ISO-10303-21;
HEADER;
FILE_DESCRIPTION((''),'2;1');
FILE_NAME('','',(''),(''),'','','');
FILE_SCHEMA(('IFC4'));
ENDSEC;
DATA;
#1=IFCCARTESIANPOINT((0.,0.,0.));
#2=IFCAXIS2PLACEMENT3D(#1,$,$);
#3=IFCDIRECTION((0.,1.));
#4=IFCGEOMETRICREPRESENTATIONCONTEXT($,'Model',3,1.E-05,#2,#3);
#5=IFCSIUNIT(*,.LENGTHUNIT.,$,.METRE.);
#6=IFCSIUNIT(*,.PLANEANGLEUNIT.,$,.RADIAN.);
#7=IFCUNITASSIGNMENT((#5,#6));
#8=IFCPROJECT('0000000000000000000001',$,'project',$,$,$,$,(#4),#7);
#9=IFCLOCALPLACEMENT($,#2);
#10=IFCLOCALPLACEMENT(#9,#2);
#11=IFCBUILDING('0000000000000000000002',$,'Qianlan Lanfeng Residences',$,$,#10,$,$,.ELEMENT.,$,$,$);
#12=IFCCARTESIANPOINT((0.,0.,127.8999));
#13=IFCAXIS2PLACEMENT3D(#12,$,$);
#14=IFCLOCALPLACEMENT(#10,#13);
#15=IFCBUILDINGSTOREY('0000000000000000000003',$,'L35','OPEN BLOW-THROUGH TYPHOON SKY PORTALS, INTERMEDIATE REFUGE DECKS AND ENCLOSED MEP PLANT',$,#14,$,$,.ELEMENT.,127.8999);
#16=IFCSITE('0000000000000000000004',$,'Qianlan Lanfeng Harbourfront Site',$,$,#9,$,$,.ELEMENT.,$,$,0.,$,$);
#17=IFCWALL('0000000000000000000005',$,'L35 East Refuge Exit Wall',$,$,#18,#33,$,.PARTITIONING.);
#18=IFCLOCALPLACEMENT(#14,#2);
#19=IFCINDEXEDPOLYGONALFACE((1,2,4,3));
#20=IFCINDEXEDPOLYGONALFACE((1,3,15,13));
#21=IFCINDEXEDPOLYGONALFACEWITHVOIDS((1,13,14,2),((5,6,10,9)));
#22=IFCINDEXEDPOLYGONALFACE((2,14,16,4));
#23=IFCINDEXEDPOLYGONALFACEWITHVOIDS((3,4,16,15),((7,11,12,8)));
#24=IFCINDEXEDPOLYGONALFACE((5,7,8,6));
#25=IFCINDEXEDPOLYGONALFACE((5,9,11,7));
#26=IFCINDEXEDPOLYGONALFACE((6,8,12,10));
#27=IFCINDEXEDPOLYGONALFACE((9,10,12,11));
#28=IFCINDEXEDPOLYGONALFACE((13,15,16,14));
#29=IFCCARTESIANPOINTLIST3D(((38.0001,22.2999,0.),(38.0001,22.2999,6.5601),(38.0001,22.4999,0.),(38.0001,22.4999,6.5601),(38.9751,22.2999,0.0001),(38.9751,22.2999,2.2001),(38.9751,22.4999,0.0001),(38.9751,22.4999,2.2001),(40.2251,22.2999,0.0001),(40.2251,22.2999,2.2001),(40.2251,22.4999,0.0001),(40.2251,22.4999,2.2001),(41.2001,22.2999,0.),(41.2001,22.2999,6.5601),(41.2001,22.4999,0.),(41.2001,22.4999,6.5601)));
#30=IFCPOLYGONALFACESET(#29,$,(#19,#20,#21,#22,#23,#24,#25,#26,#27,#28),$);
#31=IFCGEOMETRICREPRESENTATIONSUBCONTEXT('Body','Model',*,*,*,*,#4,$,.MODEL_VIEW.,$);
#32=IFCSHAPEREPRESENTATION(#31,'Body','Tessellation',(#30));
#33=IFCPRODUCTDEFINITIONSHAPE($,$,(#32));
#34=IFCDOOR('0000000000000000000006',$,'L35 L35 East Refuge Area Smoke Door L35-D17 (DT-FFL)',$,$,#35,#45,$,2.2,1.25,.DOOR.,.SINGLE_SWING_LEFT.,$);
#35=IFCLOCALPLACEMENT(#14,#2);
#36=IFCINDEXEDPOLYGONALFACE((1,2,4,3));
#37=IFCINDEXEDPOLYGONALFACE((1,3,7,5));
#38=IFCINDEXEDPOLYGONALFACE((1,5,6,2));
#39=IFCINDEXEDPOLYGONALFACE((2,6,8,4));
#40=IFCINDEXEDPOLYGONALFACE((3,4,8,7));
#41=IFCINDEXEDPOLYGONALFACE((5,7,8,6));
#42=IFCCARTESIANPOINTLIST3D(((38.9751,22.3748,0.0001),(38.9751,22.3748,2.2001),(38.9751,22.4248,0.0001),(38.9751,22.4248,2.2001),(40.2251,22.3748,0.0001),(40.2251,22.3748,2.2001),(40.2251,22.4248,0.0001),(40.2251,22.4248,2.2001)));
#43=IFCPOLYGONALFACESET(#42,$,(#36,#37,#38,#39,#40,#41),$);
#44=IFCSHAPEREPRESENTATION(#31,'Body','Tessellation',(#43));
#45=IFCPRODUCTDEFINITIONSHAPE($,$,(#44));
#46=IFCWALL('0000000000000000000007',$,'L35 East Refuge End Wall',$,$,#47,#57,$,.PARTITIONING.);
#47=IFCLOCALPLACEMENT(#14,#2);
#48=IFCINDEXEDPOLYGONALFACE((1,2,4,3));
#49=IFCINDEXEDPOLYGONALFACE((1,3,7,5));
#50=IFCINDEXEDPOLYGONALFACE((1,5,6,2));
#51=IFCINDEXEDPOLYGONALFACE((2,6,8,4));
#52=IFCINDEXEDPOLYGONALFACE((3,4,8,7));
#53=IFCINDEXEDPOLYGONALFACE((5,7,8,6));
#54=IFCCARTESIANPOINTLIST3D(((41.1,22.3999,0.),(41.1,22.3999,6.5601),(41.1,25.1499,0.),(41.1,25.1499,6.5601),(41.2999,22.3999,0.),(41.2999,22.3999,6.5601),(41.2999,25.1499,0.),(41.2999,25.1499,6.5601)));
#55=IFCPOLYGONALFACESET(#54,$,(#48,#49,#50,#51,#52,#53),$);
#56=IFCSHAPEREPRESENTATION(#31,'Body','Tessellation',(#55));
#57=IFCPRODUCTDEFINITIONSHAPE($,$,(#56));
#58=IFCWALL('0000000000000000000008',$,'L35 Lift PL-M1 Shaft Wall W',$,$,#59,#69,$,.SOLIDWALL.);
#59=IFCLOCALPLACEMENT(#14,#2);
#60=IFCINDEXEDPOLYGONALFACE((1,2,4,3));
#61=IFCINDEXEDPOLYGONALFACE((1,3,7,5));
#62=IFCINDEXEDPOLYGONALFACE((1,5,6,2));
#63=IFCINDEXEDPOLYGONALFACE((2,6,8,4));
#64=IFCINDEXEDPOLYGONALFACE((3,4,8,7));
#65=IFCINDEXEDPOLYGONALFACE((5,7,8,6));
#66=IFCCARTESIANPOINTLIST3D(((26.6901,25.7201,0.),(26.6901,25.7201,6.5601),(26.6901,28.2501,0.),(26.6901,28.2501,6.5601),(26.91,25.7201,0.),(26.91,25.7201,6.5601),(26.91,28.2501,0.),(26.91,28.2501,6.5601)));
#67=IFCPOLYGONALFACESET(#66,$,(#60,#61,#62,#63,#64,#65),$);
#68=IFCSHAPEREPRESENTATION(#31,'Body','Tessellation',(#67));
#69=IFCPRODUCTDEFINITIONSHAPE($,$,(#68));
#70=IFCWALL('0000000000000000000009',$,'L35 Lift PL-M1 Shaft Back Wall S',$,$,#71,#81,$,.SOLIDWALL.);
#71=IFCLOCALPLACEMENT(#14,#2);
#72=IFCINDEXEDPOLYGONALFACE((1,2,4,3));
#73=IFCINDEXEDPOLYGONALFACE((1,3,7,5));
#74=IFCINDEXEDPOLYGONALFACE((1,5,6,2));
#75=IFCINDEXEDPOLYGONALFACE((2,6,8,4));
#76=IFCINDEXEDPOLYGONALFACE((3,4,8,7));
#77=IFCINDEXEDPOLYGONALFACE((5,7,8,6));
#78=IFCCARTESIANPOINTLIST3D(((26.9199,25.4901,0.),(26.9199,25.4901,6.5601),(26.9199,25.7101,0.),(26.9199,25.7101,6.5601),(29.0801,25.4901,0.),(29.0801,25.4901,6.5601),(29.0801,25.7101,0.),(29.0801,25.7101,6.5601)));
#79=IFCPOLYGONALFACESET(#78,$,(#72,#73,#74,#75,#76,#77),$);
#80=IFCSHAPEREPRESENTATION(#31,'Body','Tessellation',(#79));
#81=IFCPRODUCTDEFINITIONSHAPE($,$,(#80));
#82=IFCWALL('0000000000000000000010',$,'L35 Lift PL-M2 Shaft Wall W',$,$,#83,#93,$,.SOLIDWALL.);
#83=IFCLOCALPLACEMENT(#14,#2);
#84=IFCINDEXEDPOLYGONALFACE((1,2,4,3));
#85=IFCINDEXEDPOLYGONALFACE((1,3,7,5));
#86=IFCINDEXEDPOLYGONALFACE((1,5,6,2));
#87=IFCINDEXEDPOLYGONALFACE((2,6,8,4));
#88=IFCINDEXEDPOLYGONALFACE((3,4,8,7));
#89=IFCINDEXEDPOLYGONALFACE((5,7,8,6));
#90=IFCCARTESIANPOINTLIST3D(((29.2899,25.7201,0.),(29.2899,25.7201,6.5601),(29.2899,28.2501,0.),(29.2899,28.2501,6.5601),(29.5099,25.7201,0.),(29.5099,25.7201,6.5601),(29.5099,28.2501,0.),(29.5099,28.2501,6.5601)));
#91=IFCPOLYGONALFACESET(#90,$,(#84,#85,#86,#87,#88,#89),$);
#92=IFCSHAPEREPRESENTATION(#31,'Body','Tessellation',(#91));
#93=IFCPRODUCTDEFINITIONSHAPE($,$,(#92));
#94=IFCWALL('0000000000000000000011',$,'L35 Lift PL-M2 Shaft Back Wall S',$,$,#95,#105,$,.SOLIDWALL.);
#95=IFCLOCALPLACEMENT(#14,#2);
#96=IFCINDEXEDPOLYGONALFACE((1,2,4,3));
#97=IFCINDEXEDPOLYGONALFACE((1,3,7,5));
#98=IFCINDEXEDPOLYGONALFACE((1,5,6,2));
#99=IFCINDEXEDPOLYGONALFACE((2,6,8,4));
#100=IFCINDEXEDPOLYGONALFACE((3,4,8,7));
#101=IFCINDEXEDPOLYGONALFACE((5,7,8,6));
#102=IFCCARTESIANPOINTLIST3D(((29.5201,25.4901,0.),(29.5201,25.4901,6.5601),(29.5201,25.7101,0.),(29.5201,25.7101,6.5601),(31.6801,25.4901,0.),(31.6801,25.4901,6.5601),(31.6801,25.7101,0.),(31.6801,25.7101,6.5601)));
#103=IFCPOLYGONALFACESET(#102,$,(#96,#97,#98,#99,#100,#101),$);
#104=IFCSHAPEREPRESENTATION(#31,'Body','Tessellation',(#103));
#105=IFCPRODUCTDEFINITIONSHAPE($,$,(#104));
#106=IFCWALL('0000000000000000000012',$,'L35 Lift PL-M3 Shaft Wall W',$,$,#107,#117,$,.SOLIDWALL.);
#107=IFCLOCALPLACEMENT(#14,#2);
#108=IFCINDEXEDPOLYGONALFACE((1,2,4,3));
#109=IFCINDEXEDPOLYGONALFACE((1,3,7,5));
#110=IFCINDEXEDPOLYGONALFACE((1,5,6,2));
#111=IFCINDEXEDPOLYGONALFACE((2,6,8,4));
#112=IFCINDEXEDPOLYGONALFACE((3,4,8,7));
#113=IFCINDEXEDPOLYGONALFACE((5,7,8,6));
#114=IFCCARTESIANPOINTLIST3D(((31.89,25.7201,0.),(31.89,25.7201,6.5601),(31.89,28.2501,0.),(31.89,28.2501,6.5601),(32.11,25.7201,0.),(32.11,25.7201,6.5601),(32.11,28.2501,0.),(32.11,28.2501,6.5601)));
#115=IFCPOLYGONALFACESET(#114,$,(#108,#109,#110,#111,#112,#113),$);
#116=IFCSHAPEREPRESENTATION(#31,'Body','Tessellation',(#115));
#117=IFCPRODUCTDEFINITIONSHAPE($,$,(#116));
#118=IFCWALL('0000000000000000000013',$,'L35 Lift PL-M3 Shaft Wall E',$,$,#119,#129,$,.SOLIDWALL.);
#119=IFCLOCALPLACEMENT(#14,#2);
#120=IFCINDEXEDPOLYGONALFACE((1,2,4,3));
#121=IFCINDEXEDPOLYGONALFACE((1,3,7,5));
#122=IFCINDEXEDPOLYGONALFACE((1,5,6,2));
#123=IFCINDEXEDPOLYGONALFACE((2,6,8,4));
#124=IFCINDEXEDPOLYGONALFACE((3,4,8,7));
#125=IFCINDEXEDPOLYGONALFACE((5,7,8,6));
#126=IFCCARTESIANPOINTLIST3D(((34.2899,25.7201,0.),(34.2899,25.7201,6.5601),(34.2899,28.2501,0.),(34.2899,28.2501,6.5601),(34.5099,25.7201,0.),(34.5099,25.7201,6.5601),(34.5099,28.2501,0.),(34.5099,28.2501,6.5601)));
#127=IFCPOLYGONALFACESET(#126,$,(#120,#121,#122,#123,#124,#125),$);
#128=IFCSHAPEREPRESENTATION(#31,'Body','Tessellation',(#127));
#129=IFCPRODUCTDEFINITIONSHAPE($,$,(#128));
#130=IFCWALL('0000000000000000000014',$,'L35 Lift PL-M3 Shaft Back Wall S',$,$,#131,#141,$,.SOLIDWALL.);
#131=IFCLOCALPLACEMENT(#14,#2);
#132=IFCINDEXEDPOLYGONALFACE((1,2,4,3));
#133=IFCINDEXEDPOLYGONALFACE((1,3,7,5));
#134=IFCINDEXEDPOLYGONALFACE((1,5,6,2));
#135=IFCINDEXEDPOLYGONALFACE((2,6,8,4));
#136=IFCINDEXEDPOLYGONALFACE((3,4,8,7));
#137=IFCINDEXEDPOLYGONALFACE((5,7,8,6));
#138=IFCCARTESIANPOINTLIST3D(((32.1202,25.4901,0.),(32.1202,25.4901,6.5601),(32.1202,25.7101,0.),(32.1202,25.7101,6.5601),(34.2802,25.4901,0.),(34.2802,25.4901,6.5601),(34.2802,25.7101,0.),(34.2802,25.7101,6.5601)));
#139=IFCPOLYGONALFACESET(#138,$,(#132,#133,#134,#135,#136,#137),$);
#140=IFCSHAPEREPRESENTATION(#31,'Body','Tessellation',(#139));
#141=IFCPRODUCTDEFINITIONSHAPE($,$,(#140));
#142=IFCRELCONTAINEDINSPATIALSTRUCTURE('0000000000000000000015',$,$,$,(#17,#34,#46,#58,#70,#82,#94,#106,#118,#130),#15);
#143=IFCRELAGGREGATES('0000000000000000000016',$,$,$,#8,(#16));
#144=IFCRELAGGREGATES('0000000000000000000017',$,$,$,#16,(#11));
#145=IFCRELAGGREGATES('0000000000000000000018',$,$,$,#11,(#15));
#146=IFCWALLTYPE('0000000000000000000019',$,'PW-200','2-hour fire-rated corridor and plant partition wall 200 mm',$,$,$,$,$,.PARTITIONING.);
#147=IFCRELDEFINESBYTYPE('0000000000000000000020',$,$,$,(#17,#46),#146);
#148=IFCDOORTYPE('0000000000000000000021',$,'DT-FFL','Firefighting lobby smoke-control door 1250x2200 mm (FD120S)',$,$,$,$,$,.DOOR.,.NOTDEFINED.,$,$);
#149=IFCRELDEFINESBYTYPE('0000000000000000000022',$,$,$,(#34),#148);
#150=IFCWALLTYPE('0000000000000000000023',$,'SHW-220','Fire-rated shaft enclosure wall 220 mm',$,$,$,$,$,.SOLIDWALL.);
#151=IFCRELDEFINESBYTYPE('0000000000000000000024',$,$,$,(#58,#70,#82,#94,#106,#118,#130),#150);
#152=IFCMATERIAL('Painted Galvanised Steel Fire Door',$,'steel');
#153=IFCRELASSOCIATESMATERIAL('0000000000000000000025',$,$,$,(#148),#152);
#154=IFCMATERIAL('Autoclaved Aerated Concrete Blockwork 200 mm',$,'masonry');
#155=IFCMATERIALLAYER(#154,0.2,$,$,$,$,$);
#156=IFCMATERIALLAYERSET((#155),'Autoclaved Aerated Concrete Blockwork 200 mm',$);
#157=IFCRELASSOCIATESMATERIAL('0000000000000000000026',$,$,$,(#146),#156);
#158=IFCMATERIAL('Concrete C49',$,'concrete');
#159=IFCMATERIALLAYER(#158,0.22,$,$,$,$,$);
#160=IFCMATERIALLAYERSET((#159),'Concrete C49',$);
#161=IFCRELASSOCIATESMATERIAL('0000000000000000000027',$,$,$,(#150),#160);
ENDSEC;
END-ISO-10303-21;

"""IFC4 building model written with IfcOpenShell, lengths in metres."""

from ifc_helpers import new_model, si_unit, direction, frame, frame_2d, origin, place, context, subcontext, project, spatial, rectangle, extrude, material, layer, layer_set, type_object, element, fill, save


model = new_model("IFC4")

# Units and contexts
model_context = context("Model", 3, precision=1e-05, world=origin(), true_north=direction((0.0, 1.0)))
body_context = subcontext(model_context, "Body", "Model", "MODEL_VIEW")
ifc_project = project(units=[si_unit("LENGTHUNIT", "METRE"), si_unit("PLANEANGLEUNIT", "RADIAN")], contexts=[model_context])

# Site, building, storey
site_placement = place(None, origin())
site = spatial("IfcSite", under=ifc_project, at=site_placement, Name="Qianlan Lanfeng Harbourfront Site", CompositionType="ELEMENT", RefElevation=0.0)
building_placement = place(site_placement, origin())
building = spatial("IfcBuilding", under=site, at=building_placement, Name="Qianlan Lanfeng Residences", CompositionType="ELEMENT")
storey_placement = place(building_placement, frame((0.0, 0.0, 127.8999)))
storey = spatial("IfcBuildingStorey", under=building, at=storey_placement, Name="L35", Description="OPEN BLOW-THROUGH TYPHOON SKY PORTALS, INTERMEDIATE REFUGE DECKS AND ENCLOSED MEP PLANT", CompositionType="ELEMENT", Elevation=127.8999)

# Shared definitions
ifc_material_1 = material(Name="Painted Galvanised Steel Fire Door", Category="steel")
door_type_1 = type_object("IfcDoorType", Name="DT-FFL", Description="Firefighting lobby smoke-control door 1250x2200 mm (FD120S)", OperationType="NOTDEFINED", PredefinedType="DOOR", material=ifc_material_1)

# Shared definitions
ifc_material_2 = material(Name="Autoclaved Aerated Concrete Blockwork 200 mm", Category="masonry")
ifc_layer_1 = layer(ifc_material_2, 0.2)
ifc_layer_set_1 = layer_set([ifc_layer_1], Name="Autoclaved Aerated Concrete Blockwork 200 mm")
wall_type_1 = type_object("IfcWallType", Name="PW-200", Description="2-hour fire-rated corridor and plant partition wall 200 mm", PredefinedType="PARTITIONING", material=ifc_layer_set_1)

# Wall, opening, door
wall_1_placement = place(storey_placement, frame((38.0, 22.3999, 0.0), z_axis=(0.0, 0.0, 1.0), x_axis=(1.0, 0.0, 0.0)))
wall_1 = element("IfcWall", 1, at=wall_1_placement, inside=storey, type_object=wall_type_1, Name="L35 East Refuge Exit Wall", PredefinedType="PARTITIONING", context=body_context, shape_type="SweptSolid", body=[
    extrude(rectangle(XDim=3.2, YDim=0.2, at=frame_2d((1.6001, 0.0))), origin(), (0.0, 0.0, 1.0), 6.5601),
])
opening_1_placement = place(wall_1_placement, frame((0.9751, 0.0, 0.0)))
opening_1 = element("IfcOpeningElement", 2, at=opening_1_placement, cuts=wall_1, PredefinedType="OPENING", context=body_context, shape_type="SweptSolid", body=[
    extrude(rectangle(XDim=1.25, YDim=2.2, at=frame_2d((0.625, 1.1001))), frame((0.0, 0.1099, 0.0), z_axis=(0.0, -1.0, 0.0), x_axis=(1.0, 0.0, 0.0)), (0.0, 0.0, 1.0), 0.22),
])
door_1_placement = place(opening_1_placement, origin())
door_1 = element("IfcDoor", 3, at=door_1_placement, inside=storey, type_object=door_type_1, Name="L35 L35 East Refuge Area Smoke Door L35-D17 (DT-FFL)", OperationType="SINGLE_SWING_LEFT", OverallHeight=2.2, OverallWidth=1.25, PredefinedType="DOOR", context=body_context, shape_type="SweptSolid", body=[
    extrude(rectangle(XDim=1.25, YDim=2.2, at=frame_2d((0.625, 1.1001))), frame((0.0, 0.0249, 0.0), z_axis=(0.0, -1.0, 0.0), x_axis=(1.0, 0.0, 0.0)), (0.0, 0.0, 1.0), 0.05),
])
fill(opening_1, door_1)

# Walls
wall_2_placement = place(storey_placement, frame((41.2, 22.3999, 0.0), z_axis=(0.0, 0.0, 1.0), x_axis=(0.0, 1.0, 0.0)))
element("IfcWall", 4, at=wall_2_placement, inside=storey, type_object=wall_type_1, Name="L35 East Refuge End Wall", PredefinedType="PARTITIONING", context=body_context, shape_type="SweptSolid", body=[
    extrude(rectangle(XDim=2.75, YDim=0.2, at=frame_2d((1.375, 0.0))), origin(), (0.0, 0.0, 1.0), 6.5601),
])
ifc_material_3 = material(Name="Concrete C49", Category="concrete")
ifc_layer_2 = layer(ifc_material_3, 0.22)
ifc_layer_set_2 = layer_set([ifc_layer_2], Name="Concrete C49")
wall_type_2 = type_object("IfcWallType", Name="SHW-220", Description="Fire-rated shaft enclosure wall 220 mm", PredefinedType="SOLIDWALL", material=ifc_layer_set_2)
wall_3_placement = place(storey_placement, frame((26.8, 25.72, 0.0), z_axis=(0.0, 0.0, 1.0), x_axis=(0.0, 1.0, 0.0)))
element("IfcWall", 5, at=wall_3_placement, inside=storey, type_object=wall_type_2, Name="L35 Lift PL-M1 Shaft Wall W", PredefinedType="SOLIDWALL", context=body_context, shape_type="SweptSolid", body=[
    extrude(rectangle(XDim=2.53, YDim=0.22, at=frame_2d((1.2651, 0.0))), origin(), (0.0, 0.0, 1.0), 6.5601),
])
wall_4_placement = place(storey_placement, frame((26.9199, 25.6001, 0.0), z_axis=(0.0, 0.0, 1.0), x_axis=(1.0, 0.0, 0.0)))
element("IfcWall", 6, at=wall_4_placement, inside=storey, type_object=wall_type_2, Name="L35 Lift PL-M1 Shaft Back Wall S", PredefinedType="SOLIDWALL", context=body_context, shape_type="SweptSolid", body=[
    extrude(rectangle(XDim=2.1602, YDim=0.22, at=frame_2d((1.0801, 0.0))), origin(), (0.0, 0.0, 1.0), 6.5601),
])
wall_5_placement = place(storey_placement, frame((29.3999, 25.72, 0.0), z_axis=(0.0, 0.0, 1.0), x_axis=(0.0, 1.0, 0.0)))
element("IfcWall", 7, at=wall_5_placement, inside=storey, type_object=wall_type_2, Name="L35 Lift PL-M2 Shaft Wall W", PredefinedType="SOLIDWALL", context=body_context, shape_type="SweptSolid", body=[
    extrude(rectangle(XDim=2.53, YDim=0.22, at=frame_2d((1.2651, 0.0))), origin(), (0.0, 0.0, 1.0), 6.5601),
])
wall_6_placement = place(storey_placement, frame((29.52, 25.6001, 0.0), z_axis=(0.0, 0.0, 1.0), x_axis=(1.0, 0.0, 0.0)))
element("IfcWall", 8, at=wall_6_placement, inside=storey, type_object=wall_type_2, Name="L35 Lift PL-M2 Shaft Back Wall S", PredefinedType="SOLIDWALL", context=body_context, shape_type="SweptSolid", body=[
    extrude(rectangle(XDim=2.1599, YDim=0.22, at=frame_2d((1.0801, 0.0))), origin(), (0.0, 0.0, 1.0), 6.5601),
])
for number, where, z_axis, x_axis, name in (
    (9, (32.0, 25.72, 0.0), (0.0, 0.0, 1.0), (0.0, 1.0, 0.0), "L35 Lift PL-M3 Shaft Wall W"),
    (10, (34.3999, 25.72, 0.0), (0.0, 0.0, 1.0), (0.0, 1.0, 0.0), "L35 Lift PL-M3 Shaft Wall E"),
):
    element("IfcWall", number, at=place(storey_placement, frame(where, z_axis=z_axis, x_axis=x_axis)), inside=storey, type_object=wall_type_2, Name=name, PredefinedType="SOLIDWALL", context=body_context, shape_type="SweptSolid", body=[
        extrude(rectangle(XDim=2.53, YDim=0.22, at=frame_2d((1.2651, 0.0))), origin(), (0.0, 0.0, 1.0), 6.5601),
    ])
wall_7_placement = place(storey_placement, frame((32.1201, 25.6001, 0.0), z_axis=(0.0, 0.0, 1.0), x_axis=(1.0, 0.0, 0.0)))
element("IfcWall", 11, at=wall_7_placement, inside=storey, type_object=wall_type_2, Name="L35 Lift PL-M3 Shaft Back Wall S", PredefinedType="SOLIDWALL", context=body_context, shape_type="SweptSolid", body=[
    extrude(rectangle(XDim=2.1599, YDim=0.22, at=frame_2d((1.0801, 0.0))), origin(), (0.0, 0.0, 1.0), 6.5601),
])

save(model, "model.ifc")
